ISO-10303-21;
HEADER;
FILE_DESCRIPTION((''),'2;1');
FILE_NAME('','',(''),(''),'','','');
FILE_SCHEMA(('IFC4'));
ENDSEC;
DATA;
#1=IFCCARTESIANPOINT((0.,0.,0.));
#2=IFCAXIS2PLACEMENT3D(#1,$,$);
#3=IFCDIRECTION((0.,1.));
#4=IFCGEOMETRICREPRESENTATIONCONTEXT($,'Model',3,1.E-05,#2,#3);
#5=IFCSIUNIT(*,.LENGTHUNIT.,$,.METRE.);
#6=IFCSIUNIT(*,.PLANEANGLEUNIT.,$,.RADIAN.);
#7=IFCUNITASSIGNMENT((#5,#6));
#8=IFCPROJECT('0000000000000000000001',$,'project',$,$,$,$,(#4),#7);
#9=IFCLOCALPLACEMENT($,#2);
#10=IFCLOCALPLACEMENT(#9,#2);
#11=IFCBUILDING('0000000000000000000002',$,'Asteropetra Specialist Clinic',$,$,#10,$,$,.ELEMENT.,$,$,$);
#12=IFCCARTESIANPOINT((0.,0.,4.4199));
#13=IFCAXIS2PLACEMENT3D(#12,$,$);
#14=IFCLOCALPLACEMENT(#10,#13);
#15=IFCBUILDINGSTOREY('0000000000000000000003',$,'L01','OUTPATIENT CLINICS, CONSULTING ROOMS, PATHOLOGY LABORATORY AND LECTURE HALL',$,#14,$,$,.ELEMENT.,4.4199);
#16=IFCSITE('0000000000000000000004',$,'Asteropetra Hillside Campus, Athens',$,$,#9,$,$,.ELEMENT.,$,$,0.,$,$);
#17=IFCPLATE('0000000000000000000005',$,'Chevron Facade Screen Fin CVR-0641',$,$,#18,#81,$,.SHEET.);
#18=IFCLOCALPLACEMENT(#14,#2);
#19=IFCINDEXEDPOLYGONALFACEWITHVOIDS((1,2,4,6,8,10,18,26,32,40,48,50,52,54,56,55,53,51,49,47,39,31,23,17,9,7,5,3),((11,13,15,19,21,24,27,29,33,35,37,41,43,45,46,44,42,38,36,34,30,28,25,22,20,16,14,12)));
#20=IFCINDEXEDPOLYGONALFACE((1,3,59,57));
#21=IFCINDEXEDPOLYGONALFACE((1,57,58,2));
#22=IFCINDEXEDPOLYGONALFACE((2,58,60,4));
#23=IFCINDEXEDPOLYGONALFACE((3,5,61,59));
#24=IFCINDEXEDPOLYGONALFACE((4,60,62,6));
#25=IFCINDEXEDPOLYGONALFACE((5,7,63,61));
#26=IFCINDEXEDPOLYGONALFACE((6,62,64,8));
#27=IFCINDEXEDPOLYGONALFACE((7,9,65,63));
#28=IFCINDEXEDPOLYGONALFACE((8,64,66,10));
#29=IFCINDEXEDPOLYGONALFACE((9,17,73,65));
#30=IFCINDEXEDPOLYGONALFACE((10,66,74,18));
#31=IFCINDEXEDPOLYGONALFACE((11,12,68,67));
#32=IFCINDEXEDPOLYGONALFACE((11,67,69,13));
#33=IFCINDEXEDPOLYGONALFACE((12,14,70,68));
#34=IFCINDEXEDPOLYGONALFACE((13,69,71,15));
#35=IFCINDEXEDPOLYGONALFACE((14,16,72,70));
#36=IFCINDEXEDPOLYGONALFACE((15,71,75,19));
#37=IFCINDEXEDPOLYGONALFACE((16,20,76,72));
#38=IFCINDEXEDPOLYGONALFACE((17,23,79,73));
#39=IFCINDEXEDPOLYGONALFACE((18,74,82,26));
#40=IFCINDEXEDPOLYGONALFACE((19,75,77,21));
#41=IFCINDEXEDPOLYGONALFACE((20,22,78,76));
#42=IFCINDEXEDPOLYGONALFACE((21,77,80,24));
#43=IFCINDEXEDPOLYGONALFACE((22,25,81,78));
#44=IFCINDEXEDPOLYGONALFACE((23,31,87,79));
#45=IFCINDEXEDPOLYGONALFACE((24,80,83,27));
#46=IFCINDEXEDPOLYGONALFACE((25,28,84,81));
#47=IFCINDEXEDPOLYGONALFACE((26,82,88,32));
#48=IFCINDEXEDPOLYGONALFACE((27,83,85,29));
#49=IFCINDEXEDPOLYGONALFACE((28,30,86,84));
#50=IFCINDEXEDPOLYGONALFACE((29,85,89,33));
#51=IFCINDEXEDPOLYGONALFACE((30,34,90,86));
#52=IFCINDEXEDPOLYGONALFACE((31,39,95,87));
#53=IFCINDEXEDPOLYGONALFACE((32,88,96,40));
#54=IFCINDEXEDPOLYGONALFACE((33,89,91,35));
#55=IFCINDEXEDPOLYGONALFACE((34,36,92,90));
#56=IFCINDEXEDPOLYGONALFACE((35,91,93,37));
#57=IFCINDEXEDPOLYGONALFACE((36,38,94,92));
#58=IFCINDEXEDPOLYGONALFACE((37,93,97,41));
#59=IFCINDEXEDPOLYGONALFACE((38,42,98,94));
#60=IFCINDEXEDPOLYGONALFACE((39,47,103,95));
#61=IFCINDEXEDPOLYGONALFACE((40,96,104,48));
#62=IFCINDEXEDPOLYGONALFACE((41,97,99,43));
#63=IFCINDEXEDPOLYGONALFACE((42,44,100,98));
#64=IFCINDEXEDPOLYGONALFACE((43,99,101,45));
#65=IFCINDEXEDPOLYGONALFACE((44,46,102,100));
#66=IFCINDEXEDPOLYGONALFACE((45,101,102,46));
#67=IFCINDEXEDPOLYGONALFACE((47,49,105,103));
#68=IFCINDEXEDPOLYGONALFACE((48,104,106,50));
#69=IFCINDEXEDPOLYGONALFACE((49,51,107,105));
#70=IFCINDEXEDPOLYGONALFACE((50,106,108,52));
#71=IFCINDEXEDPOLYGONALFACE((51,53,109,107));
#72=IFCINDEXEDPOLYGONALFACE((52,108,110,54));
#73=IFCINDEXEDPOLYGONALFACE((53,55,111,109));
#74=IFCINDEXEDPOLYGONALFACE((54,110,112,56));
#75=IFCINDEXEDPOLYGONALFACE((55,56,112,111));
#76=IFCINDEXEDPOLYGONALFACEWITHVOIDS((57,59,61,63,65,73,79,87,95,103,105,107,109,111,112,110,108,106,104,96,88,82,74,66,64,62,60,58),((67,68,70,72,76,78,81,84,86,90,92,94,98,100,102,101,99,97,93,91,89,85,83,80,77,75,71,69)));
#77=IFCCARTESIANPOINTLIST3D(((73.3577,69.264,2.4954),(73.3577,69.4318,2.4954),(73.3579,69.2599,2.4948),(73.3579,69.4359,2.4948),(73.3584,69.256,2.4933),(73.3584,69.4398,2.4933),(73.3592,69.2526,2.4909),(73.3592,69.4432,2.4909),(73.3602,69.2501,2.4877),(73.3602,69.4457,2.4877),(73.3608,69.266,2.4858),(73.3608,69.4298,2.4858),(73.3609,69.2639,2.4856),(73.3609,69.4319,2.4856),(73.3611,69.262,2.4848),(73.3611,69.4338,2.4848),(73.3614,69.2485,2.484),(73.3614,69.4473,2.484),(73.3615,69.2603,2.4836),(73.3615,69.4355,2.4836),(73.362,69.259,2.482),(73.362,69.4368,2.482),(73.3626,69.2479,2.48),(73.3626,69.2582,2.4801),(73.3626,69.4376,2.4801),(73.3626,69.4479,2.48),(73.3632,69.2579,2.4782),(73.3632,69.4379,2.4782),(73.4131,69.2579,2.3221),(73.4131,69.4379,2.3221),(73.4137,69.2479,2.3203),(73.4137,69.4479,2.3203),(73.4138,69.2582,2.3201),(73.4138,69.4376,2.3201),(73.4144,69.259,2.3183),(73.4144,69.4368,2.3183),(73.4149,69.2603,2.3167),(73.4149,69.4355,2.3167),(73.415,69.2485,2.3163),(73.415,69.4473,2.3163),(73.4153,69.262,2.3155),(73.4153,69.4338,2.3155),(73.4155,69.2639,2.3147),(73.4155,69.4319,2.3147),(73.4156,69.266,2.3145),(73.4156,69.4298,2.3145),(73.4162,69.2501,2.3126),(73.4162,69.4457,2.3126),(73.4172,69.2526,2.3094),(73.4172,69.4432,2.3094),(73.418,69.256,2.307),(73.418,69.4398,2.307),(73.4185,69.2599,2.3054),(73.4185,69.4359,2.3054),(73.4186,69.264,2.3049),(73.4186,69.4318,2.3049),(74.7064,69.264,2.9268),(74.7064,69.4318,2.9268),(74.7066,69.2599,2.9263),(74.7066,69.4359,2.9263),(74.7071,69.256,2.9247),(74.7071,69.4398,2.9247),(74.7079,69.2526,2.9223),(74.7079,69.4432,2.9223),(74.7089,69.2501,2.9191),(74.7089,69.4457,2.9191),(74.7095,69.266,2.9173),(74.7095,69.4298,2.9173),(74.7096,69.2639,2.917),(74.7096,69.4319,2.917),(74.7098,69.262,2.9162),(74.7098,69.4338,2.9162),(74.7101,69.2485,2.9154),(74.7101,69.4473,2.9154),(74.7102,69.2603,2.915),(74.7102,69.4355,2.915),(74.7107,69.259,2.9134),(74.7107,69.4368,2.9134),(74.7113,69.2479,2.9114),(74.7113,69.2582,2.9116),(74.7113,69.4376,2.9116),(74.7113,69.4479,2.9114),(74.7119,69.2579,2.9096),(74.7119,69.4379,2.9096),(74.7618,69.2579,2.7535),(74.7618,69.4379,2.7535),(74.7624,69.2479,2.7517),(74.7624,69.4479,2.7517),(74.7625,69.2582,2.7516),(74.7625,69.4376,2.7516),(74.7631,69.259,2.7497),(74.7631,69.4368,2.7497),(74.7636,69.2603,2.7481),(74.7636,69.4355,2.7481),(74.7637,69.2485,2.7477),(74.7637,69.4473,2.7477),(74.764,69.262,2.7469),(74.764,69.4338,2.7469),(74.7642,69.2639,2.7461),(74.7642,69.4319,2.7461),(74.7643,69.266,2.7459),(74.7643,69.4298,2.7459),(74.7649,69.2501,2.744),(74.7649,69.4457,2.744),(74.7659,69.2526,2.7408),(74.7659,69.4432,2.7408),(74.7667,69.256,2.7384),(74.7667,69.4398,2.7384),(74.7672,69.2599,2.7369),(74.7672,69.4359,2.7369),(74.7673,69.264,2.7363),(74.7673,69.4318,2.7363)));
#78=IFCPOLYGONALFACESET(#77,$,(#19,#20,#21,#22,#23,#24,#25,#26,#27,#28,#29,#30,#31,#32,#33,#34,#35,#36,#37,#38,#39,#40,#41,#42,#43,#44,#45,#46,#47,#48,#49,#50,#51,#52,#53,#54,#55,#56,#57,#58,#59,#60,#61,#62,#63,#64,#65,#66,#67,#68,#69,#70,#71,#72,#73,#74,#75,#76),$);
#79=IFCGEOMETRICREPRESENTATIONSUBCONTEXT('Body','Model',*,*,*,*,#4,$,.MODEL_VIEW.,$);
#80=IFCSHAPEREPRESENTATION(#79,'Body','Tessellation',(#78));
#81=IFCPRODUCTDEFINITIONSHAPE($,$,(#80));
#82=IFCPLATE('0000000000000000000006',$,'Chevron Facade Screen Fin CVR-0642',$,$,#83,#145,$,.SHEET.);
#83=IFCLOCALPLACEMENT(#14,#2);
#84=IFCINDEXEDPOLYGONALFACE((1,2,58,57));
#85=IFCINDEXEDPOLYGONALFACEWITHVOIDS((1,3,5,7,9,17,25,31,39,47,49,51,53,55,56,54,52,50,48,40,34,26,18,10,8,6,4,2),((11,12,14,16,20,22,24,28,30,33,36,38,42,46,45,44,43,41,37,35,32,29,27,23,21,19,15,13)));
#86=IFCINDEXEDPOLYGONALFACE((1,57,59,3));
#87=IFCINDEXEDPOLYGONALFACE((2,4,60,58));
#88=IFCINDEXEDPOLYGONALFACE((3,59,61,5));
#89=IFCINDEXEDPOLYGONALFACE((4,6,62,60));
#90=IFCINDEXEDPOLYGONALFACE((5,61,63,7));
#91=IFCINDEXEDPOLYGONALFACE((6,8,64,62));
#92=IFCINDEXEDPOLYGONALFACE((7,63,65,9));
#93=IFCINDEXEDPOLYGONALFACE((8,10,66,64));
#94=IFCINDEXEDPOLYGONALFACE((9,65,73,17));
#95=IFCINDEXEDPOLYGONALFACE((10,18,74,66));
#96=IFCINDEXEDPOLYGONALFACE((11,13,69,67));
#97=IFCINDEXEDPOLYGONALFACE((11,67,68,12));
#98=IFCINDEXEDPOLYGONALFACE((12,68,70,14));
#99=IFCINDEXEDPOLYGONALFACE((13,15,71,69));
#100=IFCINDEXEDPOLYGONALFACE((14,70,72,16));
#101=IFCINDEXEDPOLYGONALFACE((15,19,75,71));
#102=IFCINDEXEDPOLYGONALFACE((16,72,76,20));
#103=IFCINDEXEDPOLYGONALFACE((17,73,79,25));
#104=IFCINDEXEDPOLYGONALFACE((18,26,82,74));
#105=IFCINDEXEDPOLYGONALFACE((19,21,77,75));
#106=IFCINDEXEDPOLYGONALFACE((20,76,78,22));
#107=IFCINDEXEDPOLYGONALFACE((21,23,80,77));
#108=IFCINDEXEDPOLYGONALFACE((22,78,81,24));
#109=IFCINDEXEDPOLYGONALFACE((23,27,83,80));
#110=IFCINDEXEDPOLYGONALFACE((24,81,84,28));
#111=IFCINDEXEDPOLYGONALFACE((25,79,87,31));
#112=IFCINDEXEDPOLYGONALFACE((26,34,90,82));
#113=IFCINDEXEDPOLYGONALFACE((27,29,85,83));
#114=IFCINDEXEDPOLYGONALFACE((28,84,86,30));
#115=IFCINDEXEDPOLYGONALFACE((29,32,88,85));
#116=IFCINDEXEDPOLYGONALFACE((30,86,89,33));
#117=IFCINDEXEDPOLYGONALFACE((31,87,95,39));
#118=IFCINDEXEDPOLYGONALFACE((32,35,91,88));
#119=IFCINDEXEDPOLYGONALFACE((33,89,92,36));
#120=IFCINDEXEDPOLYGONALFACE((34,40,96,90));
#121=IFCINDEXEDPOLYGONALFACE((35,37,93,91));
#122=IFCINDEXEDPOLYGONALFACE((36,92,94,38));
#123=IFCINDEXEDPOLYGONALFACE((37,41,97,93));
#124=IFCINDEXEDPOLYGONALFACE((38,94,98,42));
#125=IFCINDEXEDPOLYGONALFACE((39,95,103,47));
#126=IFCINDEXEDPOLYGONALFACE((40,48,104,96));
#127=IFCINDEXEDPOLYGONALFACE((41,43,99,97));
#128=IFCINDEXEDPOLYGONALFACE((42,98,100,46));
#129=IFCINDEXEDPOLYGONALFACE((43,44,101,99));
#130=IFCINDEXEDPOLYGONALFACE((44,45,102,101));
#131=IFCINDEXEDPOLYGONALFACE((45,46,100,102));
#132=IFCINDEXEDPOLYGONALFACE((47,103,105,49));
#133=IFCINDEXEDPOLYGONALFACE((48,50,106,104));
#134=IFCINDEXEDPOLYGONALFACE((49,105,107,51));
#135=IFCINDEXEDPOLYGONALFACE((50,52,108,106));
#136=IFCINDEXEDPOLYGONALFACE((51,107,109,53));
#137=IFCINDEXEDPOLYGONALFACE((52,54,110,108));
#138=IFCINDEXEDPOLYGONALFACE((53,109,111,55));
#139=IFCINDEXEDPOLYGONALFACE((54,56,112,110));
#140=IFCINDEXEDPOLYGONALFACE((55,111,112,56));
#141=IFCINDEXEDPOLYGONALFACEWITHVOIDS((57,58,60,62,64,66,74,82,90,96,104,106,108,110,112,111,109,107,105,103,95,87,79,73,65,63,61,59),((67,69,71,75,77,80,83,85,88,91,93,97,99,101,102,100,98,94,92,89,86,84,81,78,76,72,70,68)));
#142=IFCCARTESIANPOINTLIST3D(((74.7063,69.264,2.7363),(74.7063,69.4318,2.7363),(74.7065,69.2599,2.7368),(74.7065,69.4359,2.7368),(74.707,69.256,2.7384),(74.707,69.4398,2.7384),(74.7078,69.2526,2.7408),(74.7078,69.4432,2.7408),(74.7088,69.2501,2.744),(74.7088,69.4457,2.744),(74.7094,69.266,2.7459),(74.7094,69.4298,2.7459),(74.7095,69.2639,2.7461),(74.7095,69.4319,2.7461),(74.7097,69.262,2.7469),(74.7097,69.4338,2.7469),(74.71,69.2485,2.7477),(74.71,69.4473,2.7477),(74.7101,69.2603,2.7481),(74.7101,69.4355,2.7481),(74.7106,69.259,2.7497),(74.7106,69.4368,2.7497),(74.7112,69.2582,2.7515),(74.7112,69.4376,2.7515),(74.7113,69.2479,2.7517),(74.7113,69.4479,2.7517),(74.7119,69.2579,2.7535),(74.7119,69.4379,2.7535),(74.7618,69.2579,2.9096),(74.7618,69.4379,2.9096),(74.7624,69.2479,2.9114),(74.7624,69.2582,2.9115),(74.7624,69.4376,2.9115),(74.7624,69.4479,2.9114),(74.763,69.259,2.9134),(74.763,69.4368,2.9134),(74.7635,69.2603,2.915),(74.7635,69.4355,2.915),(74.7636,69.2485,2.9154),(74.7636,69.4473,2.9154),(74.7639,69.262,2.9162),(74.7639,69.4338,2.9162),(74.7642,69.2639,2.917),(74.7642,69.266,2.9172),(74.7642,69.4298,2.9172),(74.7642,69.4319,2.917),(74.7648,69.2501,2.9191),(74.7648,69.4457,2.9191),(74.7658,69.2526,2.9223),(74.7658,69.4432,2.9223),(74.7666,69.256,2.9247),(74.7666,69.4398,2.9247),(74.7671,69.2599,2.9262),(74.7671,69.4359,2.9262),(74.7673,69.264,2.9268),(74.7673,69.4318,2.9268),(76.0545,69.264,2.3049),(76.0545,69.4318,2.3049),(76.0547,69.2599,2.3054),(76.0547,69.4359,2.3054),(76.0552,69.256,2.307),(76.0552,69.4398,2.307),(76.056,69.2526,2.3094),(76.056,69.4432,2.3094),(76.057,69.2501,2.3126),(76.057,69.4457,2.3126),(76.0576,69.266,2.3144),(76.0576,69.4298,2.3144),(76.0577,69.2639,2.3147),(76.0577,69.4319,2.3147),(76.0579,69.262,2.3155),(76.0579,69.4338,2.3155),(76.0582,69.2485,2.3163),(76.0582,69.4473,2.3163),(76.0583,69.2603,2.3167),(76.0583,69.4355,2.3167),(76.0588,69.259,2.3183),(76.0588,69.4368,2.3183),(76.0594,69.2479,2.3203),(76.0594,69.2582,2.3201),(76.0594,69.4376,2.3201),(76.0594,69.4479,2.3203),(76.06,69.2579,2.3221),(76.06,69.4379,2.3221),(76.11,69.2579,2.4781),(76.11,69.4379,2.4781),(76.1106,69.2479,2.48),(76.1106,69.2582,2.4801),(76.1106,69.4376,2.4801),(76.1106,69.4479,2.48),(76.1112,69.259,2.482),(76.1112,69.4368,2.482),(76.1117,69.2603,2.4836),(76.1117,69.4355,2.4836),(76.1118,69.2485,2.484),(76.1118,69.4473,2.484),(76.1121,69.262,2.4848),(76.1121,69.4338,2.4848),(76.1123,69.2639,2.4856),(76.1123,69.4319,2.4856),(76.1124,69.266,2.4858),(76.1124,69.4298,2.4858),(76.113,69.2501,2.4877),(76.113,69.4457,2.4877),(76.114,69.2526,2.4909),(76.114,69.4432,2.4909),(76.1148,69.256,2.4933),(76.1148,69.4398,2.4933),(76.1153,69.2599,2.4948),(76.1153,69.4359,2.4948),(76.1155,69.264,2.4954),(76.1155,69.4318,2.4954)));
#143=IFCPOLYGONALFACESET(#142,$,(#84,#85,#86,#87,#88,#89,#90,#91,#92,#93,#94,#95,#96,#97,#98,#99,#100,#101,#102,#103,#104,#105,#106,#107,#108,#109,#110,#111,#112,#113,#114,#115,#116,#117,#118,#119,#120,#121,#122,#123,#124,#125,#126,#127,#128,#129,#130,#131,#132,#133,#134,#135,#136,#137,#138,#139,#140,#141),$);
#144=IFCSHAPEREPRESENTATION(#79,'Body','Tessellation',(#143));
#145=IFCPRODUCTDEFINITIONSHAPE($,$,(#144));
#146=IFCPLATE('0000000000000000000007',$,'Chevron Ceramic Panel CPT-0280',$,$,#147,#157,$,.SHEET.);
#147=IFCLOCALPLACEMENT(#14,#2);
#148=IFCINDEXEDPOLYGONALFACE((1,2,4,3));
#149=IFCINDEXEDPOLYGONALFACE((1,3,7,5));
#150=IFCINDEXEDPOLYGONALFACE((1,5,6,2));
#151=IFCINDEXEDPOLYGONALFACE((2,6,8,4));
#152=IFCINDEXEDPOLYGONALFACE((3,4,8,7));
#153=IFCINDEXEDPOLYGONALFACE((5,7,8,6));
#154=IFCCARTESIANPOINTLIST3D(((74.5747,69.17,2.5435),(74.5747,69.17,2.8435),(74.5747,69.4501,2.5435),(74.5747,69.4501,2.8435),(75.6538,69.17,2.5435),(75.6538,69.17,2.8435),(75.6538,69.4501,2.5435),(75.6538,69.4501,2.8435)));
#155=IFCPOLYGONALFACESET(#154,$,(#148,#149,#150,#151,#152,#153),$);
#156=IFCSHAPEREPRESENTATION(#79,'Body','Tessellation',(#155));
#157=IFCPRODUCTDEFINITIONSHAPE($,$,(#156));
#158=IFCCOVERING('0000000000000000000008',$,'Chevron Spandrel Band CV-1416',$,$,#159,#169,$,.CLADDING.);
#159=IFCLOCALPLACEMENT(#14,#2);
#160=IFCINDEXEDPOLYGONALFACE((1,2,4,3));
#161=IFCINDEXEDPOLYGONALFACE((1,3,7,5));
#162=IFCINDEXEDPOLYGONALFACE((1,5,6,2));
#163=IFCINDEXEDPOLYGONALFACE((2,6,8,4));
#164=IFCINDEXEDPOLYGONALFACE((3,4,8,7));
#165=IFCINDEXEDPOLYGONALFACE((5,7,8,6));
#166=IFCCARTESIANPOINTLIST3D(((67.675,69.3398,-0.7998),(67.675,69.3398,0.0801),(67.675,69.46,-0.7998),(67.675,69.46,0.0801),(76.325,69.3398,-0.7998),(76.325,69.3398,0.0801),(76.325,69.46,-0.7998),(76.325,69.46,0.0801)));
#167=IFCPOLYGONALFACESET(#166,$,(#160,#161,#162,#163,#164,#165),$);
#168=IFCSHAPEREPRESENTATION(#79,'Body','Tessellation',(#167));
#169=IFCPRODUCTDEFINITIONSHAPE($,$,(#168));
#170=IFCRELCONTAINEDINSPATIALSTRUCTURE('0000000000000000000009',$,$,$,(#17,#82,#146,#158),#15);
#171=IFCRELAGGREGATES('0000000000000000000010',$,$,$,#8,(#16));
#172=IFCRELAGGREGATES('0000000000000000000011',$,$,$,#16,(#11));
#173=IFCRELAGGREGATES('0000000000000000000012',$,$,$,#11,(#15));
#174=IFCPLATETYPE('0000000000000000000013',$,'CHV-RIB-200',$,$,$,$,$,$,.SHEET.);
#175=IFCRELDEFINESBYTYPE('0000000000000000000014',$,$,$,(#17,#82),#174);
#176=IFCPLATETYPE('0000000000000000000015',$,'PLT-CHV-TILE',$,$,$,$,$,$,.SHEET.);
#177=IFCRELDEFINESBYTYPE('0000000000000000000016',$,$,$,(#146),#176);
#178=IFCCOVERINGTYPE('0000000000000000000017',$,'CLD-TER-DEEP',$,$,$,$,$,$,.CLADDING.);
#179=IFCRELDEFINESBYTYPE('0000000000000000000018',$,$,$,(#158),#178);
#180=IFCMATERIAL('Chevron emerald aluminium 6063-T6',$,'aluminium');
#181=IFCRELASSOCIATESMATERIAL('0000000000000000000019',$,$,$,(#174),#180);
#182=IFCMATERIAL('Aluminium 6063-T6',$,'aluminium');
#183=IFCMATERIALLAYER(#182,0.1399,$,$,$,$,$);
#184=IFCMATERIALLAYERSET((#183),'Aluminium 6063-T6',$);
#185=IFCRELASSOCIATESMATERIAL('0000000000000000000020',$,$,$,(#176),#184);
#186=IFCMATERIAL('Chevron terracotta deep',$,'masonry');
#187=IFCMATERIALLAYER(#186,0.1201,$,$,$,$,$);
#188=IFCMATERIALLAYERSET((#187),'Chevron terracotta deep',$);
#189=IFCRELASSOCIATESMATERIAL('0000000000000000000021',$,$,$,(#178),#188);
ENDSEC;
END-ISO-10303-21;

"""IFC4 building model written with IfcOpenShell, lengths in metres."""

from ifc_helpers import new_model, si_unit, direction, frame, origin, origin_2d, place, context, subcontext, project, spatial, rectangle, hollow_rectangle, extrude, material, layer, layer_set, material_profile, profile_set, type_object, element, save


model = new_model("IFC4")

# Units and contexts
model_context = context("Model", 3, precision=1e-05, world=origin(), true_north=direction((0.0, 1.0)))
body_context = subcontext(model_context, "Body", "Model", "MODEL_VIEW")
ifc_project = project(units=[si_unit("LENGTHUNIT", "METRE"), si_unit("PLANEANGLEUNIT", "RADIAN")], contexts=[model_context])

# Site, building, storey
site_placement = place(None, origin())
site = spatial("IfcSite", under=ifc_project, at=site_placement, Name="Asteropetra Hillside Campus, Athens", CompositionType="ELEMENT", RefElevation=0.0)
building_placement = place(site_placement, origin())
building = spatial("IfcBuilding", under=site, at=building_placement, Name="Asteropetra Specialist Clinic", CompositionType="ELEMENT")
storey_placement = place(building_placement, frame((0.0, 0.0, 4.4199)))
storey = spatial("IfcBuildingStorey", under=building, at=storey_placement, Name="L01", Description="OUTPATIENT CLINICS, CONSULTING ROOMS, PATHOLOGY LABORATORY AND LECTURE HALL", CompositionType="ELEMENT", Elevation=4.4199)

# Plates
ifc_material_1 = material(Name="Chevron emerald aluminium 6063-T6", Category="aluminium")
ifc_material_profile_1 = material_profile(ifc_material_1, hollow_rectangle(XDim=0.2, YDim=0.2, WallThickness=0.01, InnerFilletRadius=0.0081, OuterFilletRadius=0.0161, at=origin_2d()), Name="SHS 200x200x10.0")
ifc_profile_set_1 = profile_set([ifc_material_profile_1], Name="Chevron emerald aluminium 6063-T6")
plate_type_1 = type_object("IfcPlateType", Name="CHV-RIB-200", PredefinedType="SHEET", material=ifc_profile_set_1)
plate_1_placement = place(storey_placement, frame((73.3882, 69.3479, 2.4001), z_axis=(0.952458, 0.0, 0.304669), x_axis=(0.0, 1.0, 0.0)))
element("IfcPlate", 1, at=plate_1_placement, inside=storey, type_object=plate_type_1, Name="Chevron Facade Screen Fin CVR-0641", PredefinedType="SHEET", context=body_context, shape_type="SweptSolid", body=[
    extrude(hollow_rectangle(XDim=0.2, YDim=0.2, WallThickness=0.01, InnerFilletRadius=0.0081, OuterFilletRadius=0.0161, at=origin_2d()), origin(), (0.0, 0.0, 1.0), 1.416),
])
plate_2_placement = place(storey_placement, frame((74.7368, 69.3479, 2.8315), z_axis=(0.952426, 0.0, -0.304769), x_axis=(0.0, 1.0, 0.0)))
element("IfcPlate", 2, at=plate_2_placement, inside=storey, type_object=plate_type_1, Name="Chevron Facade Screen Fin CVR-0642", PredefinedType="SHEET", context=body_context, shape_type="SweptSolid", body=[
    extrude(hollow_rectangle(XDim=0.2, YDim=0.2, WallThickness=0.01, InnerFilletRadius=0.0081, OuterFilletRadius=0.0161, at=origin_2d()), origin(), (0.0, 0.0, 1.0), 1.4155),
])
ifc_material_2 = material(Name="Aluminium 6063-T6", Category="aluminium")
ifc_layer_1 = layer(ifc_material_2, 0.1399)
ifc_layer_set_1 = layer_set([ifc_layer_1], Name="Aluminium 6063-T6")
plate_type_2 = type_object("IfcPlateType", Name="PLT-CHV-TILE", PredefinedType="SHEET", material=ifc_layer_set_1)
plate_3_placement = place(storey_placement, frame((75.1143, 69.3101, 2.5435), z_axis=(0.0, 0.0, 1.0), x_axis=(1.0, 0.0, 0.0)))
element("IfcPlate", 3, at=plate_3_placement, inside=storey, type_object=plate_type_2, Name="Chevron Ceramic Panel CPT-0280", PredefinedType="SHEET", context=body_context, shape_type="SweptSolid", body=[
    extrude(rectangle(XDim=1.0791, YDim=0.28, at=origin_2d()), origin(), (0.0, 0.0, 1.0), 0.3),
])

# Covering
ifc_material_3 = material(Name="Chevron terracotta deep", Category="masonry")
ifc_layer_2 = layer(ifc_material_3, 0.1201)
ifc_layer_set_2 = layer_set([ifc_layer_2], Name="Chevron terracotta deep")
covering_type = type_object("IfcCoveringType", Name="CLD-TER-DEEP", PredefinedType="CLADDING", material=ifc_layer_set_2)
covering_placement = place(storey_placement, frame((72.0, 69.3999, -0.7998), z_axis=(0.0, 0.0, 1.0), x_axis=(1.0, 0.0, 0.0)))
element("IfcCovering", 4, at=covering_placement, inside=storey, type_object=covering_type, Name="Chevron Spandrel Band CV-1416", PredefinedType="CLADDING", context=body_context, shape_type="SweptSolid", body=[
    extrude(rectangle(XDim=8.6499, YDim=0.1201, at=origin_2d()), origin(), (0.0, 0.0, 1.0), 0.8799),
])

save(model, "model.ifc")
